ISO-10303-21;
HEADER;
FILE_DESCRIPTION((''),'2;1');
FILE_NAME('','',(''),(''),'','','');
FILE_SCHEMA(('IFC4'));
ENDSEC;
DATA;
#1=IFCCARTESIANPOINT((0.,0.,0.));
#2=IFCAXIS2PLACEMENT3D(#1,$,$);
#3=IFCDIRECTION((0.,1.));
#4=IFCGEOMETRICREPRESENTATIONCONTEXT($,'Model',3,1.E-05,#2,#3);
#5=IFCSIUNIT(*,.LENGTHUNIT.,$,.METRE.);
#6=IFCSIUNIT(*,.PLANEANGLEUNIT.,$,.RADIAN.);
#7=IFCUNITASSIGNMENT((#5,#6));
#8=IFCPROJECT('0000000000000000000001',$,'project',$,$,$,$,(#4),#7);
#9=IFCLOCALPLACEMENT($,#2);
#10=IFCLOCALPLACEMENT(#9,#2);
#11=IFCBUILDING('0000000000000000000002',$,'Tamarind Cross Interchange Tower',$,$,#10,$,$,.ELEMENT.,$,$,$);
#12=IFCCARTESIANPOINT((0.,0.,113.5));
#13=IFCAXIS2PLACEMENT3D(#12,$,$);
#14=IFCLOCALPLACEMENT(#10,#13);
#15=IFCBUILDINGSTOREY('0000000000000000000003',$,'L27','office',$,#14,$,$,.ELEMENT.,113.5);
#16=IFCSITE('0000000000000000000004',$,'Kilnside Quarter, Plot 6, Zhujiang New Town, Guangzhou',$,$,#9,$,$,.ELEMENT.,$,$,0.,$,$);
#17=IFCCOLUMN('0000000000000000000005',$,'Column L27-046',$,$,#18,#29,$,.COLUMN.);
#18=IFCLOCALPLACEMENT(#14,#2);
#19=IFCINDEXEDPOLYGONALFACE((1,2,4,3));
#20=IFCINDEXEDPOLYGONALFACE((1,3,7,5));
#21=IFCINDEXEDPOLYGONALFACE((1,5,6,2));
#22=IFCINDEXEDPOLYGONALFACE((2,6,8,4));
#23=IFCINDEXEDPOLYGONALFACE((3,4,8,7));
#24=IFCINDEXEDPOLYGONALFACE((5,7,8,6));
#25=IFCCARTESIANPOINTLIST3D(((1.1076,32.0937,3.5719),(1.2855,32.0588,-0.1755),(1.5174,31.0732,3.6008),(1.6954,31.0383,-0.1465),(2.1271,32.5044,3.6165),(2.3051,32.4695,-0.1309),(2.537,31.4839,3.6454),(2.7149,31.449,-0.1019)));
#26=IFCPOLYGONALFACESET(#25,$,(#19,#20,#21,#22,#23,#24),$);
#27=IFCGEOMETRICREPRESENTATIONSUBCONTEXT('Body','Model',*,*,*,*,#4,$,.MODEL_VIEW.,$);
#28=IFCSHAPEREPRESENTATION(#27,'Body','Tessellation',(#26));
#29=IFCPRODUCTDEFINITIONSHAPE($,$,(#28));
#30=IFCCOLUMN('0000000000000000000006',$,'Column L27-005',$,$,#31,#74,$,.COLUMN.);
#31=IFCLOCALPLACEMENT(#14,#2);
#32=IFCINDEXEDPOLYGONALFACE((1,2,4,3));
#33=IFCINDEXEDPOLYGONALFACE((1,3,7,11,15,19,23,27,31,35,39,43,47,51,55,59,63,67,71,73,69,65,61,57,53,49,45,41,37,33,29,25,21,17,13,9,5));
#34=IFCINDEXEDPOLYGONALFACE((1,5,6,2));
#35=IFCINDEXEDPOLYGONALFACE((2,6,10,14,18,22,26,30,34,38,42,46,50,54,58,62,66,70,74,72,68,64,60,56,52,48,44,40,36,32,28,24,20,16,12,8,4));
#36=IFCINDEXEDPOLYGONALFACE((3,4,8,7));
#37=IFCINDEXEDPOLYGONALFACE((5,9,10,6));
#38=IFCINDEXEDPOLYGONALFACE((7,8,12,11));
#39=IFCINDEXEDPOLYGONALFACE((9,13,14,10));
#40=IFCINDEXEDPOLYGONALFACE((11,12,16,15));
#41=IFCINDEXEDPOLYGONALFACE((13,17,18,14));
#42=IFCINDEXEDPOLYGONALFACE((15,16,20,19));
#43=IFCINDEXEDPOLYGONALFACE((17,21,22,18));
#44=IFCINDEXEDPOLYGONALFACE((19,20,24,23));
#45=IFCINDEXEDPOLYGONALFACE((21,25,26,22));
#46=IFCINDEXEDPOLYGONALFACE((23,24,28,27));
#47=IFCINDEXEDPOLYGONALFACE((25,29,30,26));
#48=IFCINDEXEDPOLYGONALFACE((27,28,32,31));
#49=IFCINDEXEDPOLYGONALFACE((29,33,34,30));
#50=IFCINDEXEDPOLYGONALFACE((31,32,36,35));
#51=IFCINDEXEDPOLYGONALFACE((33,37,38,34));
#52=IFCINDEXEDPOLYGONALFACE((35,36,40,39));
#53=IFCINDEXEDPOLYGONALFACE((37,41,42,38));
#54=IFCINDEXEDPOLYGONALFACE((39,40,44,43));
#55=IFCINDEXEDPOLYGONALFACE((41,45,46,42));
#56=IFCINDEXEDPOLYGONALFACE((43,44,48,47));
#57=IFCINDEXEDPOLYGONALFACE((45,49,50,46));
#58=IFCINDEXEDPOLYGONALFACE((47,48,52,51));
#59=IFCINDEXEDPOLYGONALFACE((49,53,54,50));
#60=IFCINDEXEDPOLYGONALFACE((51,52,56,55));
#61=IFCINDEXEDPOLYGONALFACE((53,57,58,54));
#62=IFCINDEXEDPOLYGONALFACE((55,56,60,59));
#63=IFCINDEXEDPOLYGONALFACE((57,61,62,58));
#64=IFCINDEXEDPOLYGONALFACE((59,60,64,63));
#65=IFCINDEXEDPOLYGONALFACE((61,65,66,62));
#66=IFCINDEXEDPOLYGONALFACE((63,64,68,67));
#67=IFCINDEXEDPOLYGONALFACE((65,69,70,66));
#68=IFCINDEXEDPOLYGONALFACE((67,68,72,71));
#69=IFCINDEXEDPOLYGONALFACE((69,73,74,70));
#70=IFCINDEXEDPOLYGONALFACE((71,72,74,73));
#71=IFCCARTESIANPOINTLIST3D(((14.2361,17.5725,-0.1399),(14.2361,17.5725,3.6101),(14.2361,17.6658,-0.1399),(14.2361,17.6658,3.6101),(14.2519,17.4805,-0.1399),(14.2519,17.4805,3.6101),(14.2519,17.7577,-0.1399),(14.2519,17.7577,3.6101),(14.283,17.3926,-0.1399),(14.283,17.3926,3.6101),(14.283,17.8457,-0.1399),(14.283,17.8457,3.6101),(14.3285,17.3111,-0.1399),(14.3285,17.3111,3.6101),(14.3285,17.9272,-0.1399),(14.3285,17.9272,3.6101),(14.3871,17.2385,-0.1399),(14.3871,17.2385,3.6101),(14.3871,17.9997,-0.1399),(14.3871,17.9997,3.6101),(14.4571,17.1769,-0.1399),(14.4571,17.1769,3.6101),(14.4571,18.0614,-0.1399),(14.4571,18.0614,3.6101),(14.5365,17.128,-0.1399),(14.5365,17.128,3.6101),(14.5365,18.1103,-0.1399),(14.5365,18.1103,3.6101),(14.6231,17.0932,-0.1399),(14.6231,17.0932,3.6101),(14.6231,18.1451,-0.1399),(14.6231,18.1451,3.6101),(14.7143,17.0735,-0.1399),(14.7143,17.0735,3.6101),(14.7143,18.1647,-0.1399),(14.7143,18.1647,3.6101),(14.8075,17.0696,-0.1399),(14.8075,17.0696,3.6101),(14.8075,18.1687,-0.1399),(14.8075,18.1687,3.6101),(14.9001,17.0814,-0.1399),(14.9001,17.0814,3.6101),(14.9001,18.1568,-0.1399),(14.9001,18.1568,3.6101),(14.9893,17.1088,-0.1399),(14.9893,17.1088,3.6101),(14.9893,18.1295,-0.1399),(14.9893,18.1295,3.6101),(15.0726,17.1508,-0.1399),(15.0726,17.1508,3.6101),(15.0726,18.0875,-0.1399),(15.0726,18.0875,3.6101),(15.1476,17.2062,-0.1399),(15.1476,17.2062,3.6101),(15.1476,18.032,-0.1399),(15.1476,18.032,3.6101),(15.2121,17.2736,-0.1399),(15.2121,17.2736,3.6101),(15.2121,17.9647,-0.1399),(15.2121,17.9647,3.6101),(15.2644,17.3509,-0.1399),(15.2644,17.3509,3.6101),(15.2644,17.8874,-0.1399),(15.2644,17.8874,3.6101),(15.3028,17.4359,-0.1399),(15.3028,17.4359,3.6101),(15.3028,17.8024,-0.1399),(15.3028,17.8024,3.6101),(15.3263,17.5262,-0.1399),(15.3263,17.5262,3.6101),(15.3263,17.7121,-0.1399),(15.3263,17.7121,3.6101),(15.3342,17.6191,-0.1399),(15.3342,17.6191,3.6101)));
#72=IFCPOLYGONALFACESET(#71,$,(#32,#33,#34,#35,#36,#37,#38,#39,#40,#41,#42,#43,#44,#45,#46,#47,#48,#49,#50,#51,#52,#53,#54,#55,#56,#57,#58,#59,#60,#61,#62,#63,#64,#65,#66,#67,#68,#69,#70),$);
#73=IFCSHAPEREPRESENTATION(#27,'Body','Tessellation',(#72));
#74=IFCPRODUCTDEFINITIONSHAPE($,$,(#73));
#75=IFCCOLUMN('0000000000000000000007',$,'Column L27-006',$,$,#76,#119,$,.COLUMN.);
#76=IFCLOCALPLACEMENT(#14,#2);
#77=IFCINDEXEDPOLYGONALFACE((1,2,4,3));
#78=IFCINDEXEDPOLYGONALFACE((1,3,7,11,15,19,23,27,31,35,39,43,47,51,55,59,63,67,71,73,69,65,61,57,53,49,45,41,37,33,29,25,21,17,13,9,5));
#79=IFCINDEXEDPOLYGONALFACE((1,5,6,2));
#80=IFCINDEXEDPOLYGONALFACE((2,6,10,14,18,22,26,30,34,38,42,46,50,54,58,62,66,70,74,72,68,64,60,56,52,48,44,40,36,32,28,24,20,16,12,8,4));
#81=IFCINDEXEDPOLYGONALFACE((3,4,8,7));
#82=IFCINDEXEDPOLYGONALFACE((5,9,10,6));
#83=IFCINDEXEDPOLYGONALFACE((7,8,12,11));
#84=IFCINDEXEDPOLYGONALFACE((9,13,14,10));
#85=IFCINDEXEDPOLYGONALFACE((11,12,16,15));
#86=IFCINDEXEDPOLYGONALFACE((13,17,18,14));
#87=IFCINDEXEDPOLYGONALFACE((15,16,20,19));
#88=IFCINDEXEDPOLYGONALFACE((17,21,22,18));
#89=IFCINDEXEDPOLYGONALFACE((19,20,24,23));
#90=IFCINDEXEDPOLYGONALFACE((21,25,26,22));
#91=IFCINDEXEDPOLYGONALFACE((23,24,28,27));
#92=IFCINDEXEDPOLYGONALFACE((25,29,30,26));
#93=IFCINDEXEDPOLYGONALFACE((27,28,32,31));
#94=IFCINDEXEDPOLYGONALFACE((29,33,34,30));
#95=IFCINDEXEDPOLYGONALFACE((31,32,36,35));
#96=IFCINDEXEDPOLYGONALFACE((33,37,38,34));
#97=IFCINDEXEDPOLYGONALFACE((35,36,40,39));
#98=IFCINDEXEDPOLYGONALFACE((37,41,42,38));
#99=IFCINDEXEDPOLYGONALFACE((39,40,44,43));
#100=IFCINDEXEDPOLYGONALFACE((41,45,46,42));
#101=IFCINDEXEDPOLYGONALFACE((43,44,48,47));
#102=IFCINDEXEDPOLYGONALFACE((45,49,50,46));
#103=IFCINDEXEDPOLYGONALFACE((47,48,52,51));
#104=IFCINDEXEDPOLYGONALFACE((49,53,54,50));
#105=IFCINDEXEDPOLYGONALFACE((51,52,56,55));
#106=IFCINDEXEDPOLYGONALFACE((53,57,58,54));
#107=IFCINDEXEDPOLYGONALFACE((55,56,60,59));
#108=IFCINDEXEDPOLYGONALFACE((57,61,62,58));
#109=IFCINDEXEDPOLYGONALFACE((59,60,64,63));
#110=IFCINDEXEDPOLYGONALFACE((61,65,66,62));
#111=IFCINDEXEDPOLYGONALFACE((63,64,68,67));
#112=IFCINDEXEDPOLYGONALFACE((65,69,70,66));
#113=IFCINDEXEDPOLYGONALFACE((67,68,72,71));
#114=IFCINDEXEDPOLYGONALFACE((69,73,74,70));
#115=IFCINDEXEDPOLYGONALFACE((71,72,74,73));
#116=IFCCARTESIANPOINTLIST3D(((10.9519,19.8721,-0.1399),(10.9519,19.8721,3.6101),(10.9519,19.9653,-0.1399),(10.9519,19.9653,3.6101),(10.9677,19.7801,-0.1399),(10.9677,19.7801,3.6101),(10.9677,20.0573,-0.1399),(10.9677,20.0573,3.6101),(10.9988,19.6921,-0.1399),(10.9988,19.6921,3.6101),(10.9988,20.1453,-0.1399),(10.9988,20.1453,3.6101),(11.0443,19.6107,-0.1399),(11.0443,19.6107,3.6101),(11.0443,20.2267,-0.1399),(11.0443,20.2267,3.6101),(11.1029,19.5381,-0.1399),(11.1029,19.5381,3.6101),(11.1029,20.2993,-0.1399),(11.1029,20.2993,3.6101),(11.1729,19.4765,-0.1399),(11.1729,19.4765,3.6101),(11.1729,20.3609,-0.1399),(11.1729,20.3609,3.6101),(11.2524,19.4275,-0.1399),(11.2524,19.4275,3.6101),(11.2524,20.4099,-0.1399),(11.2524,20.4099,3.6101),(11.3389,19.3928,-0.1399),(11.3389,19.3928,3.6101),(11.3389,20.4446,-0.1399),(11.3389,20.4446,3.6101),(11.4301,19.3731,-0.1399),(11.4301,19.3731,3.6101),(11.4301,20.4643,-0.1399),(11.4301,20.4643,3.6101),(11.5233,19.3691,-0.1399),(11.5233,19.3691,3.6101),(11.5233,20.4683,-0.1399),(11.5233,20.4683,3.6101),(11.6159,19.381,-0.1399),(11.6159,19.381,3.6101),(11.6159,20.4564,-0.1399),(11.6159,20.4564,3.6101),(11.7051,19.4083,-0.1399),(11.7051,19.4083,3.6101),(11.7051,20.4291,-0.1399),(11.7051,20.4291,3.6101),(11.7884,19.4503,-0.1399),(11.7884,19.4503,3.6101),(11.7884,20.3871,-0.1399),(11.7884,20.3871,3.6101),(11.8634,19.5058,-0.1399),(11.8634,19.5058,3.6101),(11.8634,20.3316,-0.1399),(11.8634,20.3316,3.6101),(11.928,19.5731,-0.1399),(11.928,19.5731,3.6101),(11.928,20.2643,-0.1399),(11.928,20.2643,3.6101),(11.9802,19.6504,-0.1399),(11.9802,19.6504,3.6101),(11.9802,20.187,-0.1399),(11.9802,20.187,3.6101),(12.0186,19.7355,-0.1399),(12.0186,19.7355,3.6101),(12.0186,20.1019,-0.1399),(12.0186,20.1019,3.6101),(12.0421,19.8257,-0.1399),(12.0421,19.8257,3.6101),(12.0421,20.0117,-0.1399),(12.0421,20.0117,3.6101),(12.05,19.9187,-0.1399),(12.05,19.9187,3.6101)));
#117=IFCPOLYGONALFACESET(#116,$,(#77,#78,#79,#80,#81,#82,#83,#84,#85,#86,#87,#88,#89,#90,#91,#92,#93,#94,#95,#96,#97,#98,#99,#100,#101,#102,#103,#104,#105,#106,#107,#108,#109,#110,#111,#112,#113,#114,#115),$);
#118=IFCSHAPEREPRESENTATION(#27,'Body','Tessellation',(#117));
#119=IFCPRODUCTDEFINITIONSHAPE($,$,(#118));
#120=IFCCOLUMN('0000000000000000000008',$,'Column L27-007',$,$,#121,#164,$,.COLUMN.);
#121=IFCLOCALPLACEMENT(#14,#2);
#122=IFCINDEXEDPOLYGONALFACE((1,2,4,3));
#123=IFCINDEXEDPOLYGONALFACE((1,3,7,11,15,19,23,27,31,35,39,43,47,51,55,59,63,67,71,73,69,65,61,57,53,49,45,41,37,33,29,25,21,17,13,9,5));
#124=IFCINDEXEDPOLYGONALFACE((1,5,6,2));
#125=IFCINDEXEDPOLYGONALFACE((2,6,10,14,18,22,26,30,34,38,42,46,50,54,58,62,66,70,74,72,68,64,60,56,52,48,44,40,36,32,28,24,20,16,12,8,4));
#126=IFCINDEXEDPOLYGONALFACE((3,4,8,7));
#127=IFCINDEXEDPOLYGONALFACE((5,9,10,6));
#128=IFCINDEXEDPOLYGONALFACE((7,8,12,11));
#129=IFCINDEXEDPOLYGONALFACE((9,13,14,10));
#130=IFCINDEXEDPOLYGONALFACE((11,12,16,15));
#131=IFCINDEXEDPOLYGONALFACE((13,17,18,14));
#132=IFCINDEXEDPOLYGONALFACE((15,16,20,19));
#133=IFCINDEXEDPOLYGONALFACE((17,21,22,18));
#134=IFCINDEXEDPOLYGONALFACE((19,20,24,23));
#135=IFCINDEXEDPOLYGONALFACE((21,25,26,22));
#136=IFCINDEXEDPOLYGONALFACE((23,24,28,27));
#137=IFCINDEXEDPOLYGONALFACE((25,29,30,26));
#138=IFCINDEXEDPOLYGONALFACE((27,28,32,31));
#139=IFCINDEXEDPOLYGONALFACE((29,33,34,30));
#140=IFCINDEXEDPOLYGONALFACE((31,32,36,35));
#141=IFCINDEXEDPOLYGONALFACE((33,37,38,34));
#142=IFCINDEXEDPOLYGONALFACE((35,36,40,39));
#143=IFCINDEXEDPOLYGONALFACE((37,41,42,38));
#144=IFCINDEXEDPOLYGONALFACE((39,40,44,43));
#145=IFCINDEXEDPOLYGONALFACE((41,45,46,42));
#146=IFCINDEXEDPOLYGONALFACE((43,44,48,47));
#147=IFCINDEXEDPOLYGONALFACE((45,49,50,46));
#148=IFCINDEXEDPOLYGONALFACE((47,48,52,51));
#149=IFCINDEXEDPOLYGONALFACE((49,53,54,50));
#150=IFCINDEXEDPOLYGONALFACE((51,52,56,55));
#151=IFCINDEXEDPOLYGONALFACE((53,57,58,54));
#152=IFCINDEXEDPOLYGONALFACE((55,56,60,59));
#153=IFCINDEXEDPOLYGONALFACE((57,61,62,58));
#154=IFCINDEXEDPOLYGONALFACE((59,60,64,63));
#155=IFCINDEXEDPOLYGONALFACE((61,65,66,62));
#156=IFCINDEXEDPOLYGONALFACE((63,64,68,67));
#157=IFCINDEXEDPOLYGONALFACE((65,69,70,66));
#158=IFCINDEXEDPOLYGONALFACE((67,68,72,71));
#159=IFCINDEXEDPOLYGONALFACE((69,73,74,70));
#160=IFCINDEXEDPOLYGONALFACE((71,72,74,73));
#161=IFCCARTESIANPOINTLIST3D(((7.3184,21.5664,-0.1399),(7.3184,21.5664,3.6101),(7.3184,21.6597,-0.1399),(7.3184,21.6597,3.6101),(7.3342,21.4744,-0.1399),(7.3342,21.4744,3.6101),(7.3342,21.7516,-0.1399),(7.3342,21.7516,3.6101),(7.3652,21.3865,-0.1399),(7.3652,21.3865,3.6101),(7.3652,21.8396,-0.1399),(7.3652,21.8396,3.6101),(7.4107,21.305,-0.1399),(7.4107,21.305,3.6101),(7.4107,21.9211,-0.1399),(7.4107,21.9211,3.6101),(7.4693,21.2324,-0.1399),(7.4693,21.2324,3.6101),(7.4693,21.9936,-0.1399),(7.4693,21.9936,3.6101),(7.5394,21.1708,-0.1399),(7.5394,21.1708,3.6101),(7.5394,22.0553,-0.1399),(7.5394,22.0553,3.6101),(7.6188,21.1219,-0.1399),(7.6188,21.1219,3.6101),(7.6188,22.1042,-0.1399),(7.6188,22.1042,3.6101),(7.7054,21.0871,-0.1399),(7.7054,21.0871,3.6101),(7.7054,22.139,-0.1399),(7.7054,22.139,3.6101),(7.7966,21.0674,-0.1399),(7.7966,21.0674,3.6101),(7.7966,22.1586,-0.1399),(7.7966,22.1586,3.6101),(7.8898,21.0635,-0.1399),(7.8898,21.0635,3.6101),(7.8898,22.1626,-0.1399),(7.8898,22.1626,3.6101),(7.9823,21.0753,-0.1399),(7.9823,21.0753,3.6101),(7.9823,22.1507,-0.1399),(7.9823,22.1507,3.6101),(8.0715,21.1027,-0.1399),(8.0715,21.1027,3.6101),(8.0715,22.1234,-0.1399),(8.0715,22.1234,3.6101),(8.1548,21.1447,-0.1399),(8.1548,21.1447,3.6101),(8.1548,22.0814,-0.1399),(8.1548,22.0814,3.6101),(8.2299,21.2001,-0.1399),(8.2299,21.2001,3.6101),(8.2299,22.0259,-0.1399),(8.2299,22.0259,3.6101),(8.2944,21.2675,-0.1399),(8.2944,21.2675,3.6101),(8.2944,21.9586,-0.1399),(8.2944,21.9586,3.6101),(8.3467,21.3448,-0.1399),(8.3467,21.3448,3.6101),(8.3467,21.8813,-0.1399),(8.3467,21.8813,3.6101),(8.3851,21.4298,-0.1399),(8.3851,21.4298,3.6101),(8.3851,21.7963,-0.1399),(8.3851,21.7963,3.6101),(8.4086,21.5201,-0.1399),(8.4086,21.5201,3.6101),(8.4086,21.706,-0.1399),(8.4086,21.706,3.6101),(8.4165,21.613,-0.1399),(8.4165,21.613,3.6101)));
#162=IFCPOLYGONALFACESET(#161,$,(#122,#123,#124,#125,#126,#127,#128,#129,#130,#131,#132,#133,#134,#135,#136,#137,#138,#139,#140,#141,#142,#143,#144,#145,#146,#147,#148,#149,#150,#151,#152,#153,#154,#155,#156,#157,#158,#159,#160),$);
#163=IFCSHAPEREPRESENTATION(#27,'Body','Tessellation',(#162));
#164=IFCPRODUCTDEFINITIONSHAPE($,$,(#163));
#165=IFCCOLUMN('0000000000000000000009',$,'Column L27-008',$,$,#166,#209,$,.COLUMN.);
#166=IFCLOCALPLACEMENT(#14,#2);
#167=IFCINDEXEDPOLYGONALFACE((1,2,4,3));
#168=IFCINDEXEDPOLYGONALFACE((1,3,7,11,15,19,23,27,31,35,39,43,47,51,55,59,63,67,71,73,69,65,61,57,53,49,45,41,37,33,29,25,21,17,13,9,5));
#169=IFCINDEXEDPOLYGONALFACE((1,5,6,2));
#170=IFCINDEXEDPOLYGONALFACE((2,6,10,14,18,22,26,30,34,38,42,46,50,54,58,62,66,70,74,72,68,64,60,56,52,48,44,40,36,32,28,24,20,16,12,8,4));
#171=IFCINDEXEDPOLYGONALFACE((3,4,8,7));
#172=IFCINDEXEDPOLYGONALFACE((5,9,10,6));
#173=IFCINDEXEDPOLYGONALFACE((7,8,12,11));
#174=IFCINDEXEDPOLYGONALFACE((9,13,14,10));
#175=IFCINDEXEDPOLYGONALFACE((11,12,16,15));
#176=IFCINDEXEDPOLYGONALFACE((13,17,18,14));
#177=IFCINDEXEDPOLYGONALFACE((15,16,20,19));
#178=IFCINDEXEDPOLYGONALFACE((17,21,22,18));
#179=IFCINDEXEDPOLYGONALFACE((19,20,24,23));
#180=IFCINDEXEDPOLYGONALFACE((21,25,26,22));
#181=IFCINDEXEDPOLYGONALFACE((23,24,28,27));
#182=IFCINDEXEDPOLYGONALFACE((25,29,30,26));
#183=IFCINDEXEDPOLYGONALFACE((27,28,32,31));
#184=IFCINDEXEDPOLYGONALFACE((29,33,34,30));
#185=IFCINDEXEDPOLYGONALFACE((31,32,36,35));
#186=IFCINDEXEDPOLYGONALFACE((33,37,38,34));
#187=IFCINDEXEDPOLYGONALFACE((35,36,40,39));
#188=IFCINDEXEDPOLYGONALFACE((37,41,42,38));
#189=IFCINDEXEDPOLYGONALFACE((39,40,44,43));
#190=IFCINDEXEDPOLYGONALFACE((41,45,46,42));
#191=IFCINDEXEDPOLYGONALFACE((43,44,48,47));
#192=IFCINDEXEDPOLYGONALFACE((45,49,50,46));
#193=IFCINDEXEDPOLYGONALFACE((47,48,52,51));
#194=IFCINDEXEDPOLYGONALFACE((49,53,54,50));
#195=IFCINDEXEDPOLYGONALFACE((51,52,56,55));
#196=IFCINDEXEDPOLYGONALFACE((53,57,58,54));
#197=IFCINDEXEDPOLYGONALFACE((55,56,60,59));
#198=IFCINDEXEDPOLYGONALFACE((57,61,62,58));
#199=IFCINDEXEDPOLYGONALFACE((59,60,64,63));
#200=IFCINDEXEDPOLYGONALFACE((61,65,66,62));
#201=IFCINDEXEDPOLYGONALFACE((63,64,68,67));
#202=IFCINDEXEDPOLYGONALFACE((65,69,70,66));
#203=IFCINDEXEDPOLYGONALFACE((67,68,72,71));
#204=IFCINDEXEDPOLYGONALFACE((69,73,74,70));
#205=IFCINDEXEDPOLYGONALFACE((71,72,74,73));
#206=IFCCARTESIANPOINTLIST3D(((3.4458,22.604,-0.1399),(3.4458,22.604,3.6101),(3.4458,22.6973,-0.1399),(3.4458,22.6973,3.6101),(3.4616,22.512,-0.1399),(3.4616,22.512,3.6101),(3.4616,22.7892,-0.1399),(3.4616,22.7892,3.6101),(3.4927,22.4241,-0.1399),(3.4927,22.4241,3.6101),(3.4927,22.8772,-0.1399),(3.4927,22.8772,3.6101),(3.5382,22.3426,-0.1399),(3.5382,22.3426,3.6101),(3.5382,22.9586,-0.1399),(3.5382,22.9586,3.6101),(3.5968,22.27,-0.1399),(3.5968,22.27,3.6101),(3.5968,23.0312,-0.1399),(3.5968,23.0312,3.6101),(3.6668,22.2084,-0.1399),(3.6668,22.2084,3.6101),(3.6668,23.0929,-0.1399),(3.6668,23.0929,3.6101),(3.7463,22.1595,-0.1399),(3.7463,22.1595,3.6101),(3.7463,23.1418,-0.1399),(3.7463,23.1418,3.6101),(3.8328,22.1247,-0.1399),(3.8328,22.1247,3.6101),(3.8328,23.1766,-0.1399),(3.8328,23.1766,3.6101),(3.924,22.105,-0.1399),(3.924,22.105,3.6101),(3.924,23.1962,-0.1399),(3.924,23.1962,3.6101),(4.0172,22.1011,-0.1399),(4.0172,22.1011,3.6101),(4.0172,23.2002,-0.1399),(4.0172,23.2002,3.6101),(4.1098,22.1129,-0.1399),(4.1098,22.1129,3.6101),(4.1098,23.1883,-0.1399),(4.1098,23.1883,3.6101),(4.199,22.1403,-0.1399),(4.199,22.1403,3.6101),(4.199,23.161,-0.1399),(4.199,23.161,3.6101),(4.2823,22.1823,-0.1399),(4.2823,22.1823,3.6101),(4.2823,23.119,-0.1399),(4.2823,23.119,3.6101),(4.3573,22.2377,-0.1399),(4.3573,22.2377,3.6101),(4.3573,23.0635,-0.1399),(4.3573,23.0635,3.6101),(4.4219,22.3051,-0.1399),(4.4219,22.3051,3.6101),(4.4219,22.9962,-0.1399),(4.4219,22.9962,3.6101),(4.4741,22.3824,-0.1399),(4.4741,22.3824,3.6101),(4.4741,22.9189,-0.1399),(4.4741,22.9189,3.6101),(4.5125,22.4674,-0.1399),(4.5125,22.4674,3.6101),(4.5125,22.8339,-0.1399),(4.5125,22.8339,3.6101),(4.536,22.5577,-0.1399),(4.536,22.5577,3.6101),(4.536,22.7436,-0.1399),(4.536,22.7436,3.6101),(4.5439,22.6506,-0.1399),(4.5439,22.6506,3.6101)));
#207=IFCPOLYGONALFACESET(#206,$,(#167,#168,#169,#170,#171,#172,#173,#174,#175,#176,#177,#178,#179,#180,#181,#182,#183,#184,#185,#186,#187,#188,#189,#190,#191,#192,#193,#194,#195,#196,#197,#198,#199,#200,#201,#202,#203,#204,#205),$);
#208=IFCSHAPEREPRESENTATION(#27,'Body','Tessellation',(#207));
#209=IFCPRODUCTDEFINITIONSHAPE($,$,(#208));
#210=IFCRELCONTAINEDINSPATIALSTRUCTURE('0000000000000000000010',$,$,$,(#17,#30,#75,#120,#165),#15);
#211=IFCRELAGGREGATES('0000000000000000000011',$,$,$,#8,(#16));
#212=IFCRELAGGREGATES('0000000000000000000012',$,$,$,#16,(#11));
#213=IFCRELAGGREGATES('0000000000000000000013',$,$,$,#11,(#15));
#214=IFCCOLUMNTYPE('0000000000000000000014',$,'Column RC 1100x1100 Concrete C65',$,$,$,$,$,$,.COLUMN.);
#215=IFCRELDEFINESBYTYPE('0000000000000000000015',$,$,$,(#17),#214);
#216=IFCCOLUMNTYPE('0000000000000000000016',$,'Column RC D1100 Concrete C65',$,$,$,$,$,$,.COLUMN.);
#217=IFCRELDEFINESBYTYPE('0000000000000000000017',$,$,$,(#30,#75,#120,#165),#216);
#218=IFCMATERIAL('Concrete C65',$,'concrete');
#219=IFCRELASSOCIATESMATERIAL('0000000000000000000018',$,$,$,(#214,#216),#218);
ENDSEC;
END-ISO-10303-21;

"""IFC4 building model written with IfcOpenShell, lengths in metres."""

from ifc_helpers import new_model, si_unit, direction, frame, origin, origin_2d, place, context, subcontext, project, spatial, rectangle, circle, extrude, material, material_profile, profile_set, type_object, element, save


model = new_model("IFC4")

# Units and contexts
model_context = context("Model", 3, precision=1e-05, world=origin(), true_north=direction((0.0, 1.0)))
body_context = subcontext(model_context, "Body", "Model", "MODEL_VIEW")
ifc_project = project(units=[si_unit("LENGTHUNIT", "METRE"), si_unit("PLANEANGLEUNIT", "RADIAN")], contexts=[model_context])

# Site, building, storey
site_placement = place(None, origin())
site = spatial("IfcSite", under=ifc_project, at=site_placement, Name="Kilnside Quarter, Plot 6, Zhujiang New Town, Guangzhou", CompositionType="ELEMENT", RefElevation=0.0)
building_placement = place(site_placement, origin())
building = spatial("IfcBuilding", under=site, at=building_placement, Name="Tamarind Cross Interchange Tower", CompositionType="ELEMENT")
storey_placement = place(building_placement, frame((0.0, 0.0, 113.5)))
storey = spatial("IfcBuildingStorey", under=building, at=storey_placement, Name="L27", Description="office", CompositionType="ELEMENT", Elevation=113.5)

# Columns
ifc_material_1 = material(Name="Concrete C65", Category="concrete")
ifc_material_profile_1 = material_profile(ifc_material_1, rectangle(XDim=1.1001, YDim=1.1001, at=origin_2d()), Name="RC 1100x1100")
ifc_profile_set_1 = profile_set([ifc_material_profile_1], Name="Concrete C65")
column_type_1 = type_object("IfcColumnType", Name="Column RC 1100x1100 Concrete C65", PredefinedType="COLUMN", material=ifc_profile_set_1)
column_placement = place(storey_placement, frame((2.0002, 31.7539, -0.1387), z_axis=(-0.047439, 0.009306, 0.998831), x_axis=(0.372523, -0.927649, 0.026335)))
element("IfcColumn", 1, at=column_placement, inside=storey, type_object=column_type_1, Name="Column L27-046", PredefinedType="COLUMN", context=body_context, shape_type="SweptSolid", body=[
    extrude(rectangle(XDim=1.1001, YDim=1.1001, at=origin_2d()), origin(), (0.0, 0.0, 1.0), 3.7517),
])
ifc_material_profile_2 = material_profile(ifc_material_1, circle(Radius=0.55, at=origin_2d()), Name="RC D1100")
ifc_profile_set_2 = profile_set([ifc_material_profile_2], Name="Concrete C65")
column_type_2 = type_object("IfcColumnType", Name="Column RC D1100 Concrete C65", PredefinedType="COLUMN", material=ifc_profile_set_2)
for number, where, z_axis, x_axis, name in (
    (2, (14.7842, 17.6191, -0.1399), (0.0, 0.0, 1.0), (1.0, 0.0, 0.0), "Column L27-005"),
    (3, (11.5, 19.9187, -0.1399), (0.0, 0.0, 1.0), (1.0, 0.0, 0.0), "Column L27-006"),
    (4, (7.8665, 21.613, -0.1399), (0.0, 0.0, 1.0), (1.0, 0.0, 0.0), "Column L27-007"),
    (5, (3.9939, 22.6506, -0.1399), (0.0, 0.0, 1.0), (1.0, 0.0, 0.0), "Column L27-008"),
):
    element("IfcColumn", number, at=place(storey_placement, frame(where, z_axis=z_axis, x_axis=x_axis)), inside=storey, type_object=column_type_2, Name=name, PredefinedType="COLUMN", context=body_context, shape_type="SweptSolid", body=[
        extrude(circle(Radius=0.55, at=origin_2d()), origin(), (0.0, 0.0, 1.0), 3.75),
    ])

save(model, "model.ifc")
